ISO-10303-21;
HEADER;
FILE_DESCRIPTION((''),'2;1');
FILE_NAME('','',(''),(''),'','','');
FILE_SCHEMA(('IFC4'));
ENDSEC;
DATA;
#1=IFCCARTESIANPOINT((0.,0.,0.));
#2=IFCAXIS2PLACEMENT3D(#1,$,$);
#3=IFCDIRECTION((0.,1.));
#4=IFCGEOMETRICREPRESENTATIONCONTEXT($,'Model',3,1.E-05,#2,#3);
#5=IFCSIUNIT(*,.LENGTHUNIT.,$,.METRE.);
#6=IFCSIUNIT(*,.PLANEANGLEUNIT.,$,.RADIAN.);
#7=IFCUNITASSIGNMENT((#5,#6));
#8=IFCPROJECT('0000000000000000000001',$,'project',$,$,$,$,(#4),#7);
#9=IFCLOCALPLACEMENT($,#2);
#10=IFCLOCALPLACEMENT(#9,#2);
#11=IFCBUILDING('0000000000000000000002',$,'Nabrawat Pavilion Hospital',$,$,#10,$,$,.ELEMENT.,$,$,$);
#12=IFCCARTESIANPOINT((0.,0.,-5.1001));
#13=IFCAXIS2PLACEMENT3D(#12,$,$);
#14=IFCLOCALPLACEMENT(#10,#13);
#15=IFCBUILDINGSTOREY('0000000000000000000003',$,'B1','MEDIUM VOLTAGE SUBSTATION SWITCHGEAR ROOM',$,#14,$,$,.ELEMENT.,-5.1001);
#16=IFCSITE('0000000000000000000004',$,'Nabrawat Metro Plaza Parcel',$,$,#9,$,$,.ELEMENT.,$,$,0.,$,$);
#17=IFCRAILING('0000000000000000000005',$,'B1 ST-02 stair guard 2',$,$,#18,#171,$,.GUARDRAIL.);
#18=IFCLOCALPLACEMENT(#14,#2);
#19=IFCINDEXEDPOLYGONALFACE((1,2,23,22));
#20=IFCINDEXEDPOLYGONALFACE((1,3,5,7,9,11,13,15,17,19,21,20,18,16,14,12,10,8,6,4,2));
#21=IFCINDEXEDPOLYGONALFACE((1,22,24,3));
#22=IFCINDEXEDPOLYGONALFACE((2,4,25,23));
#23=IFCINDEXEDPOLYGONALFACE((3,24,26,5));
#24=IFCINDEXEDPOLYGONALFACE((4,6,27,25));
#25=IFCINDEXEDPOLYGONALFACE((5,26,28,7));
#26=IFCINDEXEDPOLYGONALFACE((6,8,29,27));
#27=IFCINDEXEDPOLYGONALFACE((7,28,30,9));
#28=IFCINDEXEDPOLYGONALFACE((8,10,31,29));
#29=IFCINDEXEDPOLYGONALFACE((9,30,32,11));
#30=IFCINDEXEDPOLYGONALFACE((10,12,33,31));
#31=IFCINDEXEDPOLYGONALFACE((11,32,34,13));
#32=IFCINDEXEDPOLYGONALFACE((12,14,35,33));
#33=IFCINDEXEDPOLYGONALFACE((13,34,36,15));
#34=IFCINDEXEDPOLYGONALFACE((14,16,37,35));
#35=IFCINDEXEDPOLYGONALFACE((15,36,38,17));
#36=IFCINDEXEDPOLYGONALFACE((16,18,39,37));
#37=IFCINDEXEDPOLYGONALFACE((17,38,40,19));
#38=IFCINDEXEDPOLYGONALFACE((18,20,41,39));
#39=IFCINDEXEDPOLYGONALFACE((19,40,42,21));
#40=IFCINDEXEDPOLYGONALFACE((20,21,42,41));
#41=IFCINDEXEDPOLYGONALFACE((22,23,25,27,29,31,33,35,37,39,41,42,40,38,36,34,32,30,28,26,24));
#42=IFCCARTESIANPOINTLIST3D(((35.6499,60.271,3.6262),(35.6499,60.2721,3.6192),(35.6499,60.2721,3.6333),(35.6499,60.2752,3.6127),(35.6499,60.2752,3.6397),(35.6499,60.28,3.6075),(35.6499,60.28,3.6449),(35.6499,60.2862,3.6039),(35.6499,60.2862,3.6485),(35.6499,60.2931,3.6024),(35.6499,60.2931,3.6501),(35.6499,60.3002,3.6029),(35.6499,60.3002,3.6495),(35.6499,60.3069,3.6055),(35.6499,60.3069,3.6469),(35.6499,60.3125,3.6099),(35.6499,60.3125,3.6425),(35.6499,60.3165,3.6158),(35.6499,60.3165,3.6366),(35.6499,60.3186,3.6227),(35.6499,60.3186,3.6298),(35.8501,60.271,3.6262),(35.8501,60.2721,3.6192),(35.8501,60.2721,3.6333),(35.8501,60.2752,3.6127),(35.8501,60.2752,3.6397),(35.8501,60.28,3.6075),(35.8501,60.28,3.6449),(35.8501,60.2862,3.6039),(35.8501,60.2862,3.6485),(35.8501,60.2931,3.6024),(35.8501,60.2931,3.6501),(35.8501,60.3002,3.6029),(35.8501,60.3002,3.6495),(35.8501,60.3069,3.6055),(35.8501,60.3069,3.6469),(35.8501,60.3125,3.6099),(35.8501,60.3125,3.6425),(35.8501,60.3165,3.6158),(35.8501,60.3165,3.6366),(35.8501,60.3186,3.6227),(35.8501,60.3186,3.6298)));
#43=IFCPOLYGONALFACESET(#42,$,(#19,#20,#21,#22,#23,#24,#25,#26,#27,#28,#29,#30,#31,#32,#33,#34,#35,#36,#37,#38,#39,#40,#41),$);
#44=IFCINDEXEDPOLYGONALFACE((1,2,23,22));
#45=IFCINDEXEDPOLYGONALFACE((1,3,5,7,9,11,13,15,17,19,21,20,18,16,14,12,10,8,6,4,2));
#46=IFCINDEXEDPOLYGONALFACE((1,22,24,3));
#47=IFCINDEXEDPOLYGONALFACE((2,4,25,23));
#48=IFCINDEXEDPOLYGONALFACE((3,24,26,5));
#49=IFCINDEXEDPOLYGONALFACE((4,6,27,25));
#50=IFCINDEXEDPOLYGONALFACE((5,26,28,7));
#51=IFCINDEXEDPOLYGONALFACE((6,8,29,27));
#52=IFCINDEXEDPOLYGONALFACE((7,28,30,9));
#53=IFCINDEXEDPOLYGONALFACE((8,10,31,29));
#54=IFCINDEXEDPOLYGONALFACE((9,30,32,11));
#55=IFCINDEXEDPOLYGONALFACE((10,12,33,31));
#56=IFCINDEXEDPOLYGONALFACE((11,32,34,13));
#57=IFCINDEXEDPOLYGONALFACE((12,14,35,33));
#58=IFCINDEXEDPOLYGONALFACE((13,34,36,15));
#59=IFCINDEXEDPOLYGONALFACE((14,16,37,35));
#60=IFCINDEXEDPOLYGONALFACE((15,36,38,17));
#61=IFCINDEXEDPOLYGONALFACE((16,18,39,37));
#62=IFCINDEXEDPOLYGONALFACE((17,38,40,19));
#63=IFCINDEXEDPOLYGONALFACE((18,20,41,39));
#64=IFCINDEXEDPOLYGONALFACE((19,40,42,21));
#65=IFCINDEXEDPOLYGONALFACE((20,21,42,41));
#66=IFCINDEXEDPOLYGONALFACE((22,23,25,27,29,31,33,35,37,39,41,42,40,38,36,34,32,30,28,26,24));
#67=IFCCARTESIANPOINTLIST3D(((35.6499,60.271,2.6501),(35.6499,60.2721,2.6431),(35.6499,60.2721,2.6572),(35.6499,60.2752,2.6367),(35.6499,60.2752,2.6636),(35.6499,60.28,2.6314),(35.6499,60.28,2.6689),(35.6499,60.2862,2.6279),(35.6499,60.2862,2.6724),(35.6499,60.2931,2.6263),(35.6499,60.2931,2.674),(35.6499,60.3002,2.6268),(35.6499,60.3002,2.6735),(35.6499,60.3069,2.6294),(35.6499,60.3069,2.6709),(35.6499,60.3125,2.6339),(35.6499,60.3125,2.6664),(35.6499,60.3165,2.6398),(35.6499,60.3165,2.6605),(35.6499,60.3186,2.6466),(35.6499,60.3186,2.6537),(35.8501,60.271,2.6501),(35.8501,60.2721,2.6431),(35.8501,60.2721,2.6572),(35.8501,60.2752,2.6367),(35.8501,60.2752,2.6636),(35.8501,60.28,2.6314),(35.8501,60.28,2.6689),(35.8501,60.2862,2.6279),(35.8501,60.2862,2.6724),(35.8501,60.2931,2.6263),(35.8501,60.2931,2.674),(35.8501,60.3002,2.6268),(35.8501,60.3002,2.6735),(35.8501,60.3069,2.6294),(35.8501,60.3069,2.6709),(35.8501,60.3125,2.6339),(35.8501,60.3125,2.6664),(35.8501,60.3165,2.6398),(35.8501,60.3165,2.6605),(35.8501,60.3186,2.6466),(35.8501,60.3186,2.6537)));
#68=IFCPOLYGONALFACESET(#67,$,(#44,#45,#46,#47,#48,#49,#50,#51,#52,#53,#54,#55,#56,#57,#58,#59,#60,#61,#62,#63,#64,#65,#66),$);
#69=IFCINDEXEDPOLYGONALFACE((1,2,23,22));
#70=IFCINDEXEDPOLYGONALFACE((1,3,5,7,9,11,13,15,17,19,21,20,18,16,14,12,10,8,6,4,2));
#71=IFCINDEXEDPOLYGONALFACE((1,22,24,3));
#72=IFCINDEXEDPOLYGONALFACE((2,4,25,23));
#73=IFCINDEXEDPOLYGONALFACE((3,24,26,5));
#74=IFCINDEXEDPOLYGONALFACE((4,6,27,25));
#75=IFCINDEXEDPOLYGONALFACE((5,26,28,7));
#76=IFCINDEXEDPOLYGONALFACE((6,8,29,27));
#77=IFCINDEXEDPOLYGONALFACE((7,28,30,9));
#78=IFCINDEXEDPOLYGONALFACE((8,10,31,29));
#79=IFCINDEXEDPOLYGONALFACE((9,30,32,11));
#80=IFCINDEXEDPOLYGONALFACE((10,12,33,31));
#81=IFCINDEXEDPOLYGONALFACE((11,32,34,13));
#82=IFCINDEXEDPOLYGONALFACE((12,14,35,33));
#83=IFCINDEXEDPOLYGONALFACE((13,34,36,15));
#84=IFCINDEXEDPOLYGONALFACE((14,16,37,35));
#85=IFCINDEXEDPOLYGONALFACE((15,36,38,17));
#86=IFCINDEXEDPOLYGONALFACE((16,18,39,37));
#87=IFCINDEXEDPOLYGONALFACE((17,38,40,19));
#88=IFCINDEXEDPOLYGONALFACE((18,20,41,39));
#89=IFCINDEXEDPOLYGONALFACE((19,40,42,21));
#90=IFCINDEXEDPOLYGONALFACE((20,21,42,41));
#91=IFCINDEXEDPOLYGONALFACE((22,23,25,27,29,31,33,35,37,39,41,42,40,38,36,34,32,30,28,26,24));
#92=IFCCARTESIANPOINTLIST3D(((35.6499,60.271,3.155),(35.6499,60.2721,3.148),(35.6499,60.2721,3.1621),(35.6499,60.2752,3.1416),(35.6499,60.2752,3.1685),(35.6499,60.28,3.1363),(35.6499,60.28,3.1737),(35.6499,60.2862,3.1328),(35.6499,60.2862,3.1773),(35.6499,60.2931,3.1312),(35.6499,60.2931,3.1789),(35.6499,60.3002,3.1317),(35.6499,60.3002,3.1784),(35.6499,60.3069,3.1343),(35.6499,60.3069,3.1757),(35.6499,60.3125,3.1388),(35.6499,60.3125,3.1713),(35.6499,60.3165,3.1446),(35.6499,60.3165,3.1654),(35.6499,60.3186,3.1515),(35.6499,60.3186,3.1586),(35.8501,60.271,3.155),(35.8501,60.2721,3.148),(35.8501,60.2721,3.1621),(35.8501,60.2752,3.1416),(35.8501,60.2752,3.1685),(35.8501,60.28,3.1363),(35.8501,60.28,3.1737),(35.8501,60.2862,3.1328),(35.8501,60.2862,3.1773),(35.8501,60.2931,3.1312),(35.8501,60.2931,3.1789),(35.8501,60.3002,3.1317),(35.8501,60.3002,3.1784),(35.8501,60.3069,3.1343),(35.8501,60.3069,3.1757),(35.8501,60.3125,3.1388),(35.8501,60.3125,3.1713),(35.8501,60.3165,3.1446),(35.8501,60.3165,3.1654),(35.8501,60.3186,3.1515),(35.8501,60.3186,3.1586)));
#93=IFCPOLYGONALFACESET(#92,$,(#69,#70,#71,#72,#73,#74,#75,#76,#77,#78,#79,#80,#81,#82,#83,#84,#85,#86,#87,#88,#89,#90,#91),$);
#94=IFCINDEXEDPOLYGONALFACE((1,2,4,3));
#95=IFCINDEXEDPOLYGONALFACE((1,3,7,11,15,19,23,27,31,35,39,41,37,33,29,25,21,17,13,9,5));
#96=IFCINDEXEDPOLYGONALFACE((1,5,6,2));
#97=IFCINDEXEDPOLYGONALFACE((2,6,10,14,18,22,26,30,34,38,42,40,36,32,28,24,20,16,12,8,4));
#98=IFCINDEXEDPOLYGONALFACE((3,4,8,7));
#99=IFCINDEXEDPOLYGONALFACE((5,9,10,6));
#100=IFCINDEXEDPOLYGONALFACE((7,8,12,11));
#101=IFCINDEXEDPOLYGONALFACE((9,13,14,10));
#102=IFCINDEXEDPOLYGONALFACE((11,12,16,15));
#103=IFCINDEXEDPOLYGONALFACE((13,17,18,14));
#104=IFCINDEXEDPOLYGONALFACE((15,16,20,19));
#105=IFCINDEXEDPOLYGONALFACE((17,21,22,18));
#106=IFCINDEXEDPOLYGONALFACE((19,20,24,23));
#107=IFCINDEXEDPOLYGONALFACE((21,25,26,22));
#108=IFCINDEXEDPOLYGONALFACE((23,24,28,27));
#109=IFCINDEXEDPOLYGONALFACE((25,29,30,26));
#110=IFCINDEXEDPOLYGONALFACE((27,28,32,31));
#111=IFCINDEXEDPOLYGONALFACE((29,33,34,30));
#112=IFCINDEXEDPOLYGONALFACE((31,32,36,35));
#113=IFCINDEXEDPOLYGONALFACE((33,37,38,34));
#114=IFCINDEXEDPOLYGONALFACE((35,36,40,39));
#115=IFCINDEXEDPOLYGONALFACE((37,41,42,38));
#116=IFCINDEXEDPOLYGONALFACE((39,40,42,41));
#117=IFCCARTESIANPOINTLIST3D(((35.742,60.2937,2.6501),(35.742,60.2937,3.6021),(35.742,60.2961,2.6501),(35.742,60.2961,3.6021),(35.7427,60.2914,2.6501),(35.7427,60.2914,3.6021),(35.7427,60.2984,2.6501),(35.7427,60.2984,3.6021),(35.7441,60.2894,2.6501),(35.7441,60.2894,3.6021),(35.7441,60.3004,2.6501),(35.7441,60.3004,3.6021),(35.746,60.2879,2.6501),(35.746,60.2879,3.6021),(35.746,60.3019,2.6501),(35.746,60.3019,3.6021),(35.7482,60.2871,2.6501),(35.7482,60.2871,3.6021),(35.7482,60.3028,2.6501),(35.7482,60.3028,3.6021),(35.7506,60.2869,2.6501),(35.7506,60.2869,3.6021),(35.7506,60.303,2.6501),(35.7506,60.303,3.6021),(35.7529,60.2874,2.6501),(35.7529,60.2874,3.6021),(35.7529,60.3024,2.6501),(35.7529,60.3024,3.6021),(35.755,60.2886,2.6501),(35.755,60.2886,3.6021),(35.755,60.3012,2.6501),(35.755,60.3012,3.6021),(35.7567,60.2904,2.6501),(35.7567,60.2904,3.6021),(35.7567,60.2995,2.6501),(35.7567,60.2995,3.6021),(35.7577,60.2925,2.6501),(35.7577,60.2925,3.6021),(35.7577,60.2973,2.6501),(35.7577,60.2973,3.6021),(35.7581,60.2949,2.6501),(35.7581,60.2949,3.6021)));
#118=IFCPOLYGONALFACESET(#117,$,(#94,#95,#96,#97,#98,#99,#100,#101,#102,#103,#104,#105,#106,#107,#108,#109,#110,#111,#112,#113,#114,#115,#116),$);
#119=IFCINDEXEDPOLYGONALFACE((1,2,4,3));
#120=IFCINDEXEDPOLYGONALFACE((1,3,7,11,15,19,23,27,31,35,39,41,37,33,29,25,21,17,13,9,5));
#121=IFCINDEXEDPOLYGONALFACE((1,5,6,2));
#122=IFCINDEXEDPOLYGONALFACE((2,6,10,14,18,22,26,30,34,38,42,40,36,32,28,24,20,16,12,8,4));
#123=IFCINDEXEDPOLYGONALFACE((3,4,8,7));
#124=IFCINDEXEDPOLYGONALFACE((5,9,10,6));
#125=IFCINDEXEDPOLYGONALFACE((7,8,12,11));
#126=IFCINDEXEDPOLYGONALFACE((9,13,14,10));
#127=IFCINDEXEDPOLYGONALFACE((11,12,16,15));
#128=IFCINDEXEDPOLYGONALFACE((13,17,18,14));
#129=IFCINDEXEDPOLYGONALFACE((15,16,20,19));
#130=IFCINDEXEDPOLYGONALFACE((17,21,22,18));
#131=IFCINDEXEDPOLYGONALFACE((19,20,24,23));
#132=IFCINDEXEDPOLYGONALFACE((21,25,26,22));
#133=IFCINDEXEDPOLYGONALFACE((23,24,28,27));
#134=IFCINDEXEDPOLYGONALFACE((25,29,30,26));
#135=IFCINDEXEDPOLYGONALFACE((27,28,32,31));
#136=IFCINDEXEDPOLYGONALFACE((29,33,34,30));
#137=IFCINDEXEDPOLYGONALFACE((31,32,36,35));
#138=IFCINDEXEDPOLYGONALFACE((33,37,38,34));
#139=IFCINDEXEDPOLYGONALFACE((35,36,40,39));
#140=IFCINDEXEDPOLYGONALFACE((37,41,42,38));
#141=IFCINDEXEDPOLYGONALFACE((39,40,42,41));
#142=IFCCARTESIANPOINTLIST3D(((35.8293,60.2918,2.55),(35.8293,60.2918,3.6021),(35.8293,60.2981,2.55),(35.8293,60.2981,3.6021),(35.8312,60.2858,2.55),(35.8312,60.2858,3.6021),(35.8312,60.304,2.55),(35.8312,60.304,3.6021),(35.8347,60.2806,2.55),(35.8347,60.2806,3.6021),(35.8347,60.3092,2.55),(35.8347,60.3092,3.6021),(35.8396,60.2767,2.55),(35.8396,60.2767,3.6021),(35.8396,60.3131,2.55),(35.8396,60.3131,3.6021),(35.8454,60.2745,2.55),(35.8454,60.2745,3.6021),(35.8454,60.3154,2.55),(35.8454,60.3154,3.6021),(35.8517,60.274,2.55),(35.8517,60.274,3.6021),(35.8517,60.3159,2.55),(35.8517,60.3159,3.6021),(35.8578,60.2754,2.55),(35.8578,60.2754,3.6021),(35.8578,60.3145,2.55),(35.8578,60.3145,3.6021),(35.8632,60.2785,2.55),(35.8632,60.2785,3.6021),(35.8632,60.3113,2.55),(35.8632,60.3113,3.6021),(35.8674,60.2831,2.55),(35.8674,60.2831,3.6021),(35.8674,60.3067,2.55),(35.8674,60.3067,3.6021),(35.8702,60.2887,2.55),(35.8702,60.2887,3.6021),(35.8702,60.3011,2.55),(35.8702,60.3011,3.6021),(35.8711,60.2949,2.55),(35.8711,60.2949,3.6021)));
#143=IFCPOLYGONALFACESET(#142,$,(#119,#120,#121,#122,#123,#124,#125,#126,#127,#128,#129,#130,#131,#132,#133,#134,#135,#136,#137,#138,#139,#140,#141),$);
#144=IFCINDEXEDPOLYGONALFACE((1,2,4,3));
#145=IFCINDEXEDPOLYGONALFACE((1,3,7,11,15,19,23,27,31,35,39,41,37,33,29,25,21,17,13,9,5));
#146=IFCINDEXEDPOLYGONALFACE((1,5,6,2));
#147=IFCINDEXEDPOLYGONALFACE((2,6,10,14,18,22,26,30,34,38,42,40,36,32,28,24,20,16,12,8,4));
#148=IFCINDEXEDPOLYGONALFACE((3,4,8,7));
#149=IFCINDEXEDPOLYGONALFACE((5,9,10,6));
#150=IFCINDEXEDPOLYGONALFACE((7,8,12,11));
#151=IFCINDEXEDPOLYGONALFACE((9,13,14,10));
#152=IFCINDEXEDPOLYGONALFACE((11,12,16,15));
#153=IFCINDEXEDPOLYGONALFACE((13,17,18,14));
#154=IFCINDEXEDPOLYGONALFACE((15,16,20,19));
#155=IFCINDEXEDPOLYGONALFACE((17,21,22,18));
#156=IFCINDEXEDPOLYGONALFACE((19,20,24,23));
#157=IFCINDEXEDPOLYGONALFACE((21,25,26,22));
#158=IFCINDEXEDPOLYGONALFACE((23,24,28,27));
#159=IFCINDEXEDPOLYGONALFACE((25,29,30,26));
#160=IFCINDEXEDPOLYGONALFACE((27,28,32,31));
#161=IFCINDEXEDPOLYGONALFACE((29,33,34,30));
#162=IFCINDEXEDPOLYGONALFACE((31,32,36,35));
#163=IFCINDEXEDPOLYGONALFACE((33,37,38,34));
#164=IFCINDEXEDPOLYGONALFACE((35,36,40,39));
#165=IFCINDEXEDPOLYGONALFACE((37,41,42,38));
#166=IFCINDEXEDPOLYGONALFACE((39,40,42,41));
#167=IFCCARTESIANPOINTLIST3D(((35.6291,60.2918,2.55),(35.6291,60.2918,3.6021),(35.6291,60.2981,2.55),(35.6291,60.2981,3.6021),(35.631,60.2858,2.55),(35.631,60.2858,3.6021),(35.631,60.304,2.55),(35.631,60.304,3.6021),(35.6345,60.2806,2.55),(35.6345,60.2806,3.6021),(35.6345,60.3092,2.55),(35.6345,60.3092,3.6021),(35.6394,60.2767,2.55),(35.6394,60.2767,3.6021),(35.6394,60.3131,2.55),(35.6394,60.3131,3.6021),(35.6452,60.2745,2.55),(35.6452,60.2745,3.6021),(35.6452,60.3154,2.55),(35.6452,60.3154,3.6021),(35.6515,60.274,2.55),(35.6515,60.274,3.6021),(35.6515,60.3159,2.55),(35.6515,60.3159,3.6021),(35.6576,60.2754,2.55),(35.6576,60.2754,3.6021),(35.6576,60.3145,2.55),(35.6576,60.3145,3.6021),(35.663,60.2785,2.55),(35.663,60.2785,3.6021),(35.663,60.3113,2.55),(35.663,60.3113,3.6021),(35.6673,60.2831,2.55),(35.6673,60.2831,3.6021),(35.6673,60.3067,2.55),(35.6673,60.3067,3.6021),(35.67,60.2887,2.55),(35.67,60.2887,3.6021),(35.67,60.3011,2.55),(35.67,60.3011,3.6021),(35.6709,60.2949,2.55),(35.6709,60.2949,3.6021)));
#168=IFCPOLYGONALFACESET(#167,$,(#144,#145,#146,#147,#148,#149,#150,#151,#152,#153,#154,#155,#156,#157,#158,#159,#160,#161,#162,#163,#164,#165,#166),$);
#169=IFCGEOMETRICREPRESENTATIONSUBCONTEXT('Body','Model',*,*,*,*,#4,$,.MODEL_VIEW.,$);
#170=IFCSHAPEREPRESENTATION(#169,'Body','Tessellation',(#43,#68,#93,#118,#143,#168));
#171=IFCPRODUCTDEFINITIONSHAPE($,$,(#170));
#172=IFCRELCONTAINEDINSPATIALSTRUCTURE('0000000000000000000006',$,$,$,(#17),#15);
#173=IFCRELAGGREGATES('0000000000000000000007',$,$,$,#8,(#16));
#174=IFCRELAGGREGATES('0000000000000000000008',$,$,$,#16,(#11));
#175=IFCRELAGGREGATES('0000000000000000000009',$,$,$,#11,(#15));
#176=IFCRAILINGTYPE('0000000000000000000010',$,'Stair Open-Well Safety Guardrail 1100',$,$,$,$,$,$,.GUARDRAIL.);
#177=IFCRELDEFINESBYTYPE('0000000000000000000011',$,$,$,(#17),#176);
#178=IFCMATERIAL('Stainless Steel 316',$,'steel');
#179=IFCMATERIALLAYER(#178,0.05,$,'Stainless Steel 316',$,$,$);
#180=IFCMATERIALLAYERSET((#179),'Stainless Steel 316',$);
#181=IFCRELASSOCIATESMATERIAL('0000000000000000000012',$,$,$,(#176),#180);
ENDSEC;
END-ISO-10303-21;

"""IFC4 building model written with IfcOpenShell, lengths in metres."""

from ifc_helpers import new_model, si_unit, direction, frame, origin, origin_2d, place, context, subcontext, project, spatial, circle, extrude, material, layer, layer_set, type_object, element, save


model = new_model("IFC4")

# Units and contexts
model_context = context("Model", 3, precision=1e-05, world=origin(), true_north=direction((0.0, 1.0)))
body_context = subcontext(model_context, "Body", "Model", "MODEL_VIEW")
ifc_project = project(units=[si_unit("LENGTHUNIT", "METRE"), si_unit("PLANEANGLEUNIT", "RADIAN")], contexts=[model_context])

# Site, building, storey
site_placement = place(None, origin())
site = spatial("IfcSite", under=ifc_project, at=site_placement, Name="Nabrawat Metro Plaza Parcel", CompositionType="ELEMENT", RefElevation=0.0)
building_placement = place(site_placement, origin())
building = spatial("IfcBuilding", under=site, at=building_placement, Name="Nabrawat Pavilion Hospital", CompositionType="ELEMENT")
storey_placement = place(building_placement, frame((0.0, 0.0, -5.1001)))
storey = spatial("IfcBuildingStorey", under=building, at=storey_placement, Name="B1", Description="MEDIUM VOLTAGE SUBSTATION SWITCHGEAR ROOM", CompositionType="ELEMENT", Elevation=-5.1001)

# Railing
ifc_material_1 = material(Name="Stainless Steel 316", Category="steel")
ifc_layer_1 = layer(ifc_material_1, 0.05, Name="Stainless Steel 316")
ifc_layer_set_1 = layer_set([ifc_layer_1], Name="Stainless Steel 316")
railing_type_1 = type_object("IfcRailingType", Name="Stair Open-Well Safety Guardrail 1100", PredefinedType="GUARDRAIL", material=ifc_layer_set_1)
railing_1_placement = place(storey_placement, frame((35.8501, 60.2949, 2.55)))
element("IfcRailing", 1, at=railing_1_placement, inside=storey, type_object=railing_type_1, Name="B1 ST-02 stair guard 2", PredefinedType="GUARDRAIL", context=body_context, shape_type="SweptSolid", body=[
    extrude(circle(Radius=0.0239, at=origin_2d()), frame((0.0, 0.0, 1.0762), z_axis=(-1.0, 0.0, 0.0), x_axis=(0.0, -1.0, 0.0)), (0.0, 0.0, 1.0), 0.2002),
    extrude(circle(Radius=0.0239, at=origin_2d()), frame((0.0, 0.0, 0.1001), z_axis=(-1.0, 0.0, 0.0), x_axis=(0.0, -1.0, 0.0)), (0.0, 0.0, 1.0), 0.2002),
    extrude(circle(Radius=0.0239, at=origin_2d()), frame((0.0, 0.0, 0.605), z_axis=(-1.0, 0.0, 0.0), x_axis=(0.0, -1.0, 0.0)), (0.0, 0.0, 1.0), 0.2002),
    extrude(circle(Radius=0.0081, at=origin_2d()), frame((-0.1001, 0.0, 0.1001)), (0.0, 0.0, 1.0), 0.9519),
    extrude(circle(Radius=0.021, at=origin_2d()), origin(), (0.0, 0.0, 1.0), 1.052),
    extrude(circle(Radius=0.021, at=origin_2d()), frame((-0.2002, 0.0, 0.0)), (0.0, 0.0, 1.0), 1.052),
])

save(model, "model.ifc")
